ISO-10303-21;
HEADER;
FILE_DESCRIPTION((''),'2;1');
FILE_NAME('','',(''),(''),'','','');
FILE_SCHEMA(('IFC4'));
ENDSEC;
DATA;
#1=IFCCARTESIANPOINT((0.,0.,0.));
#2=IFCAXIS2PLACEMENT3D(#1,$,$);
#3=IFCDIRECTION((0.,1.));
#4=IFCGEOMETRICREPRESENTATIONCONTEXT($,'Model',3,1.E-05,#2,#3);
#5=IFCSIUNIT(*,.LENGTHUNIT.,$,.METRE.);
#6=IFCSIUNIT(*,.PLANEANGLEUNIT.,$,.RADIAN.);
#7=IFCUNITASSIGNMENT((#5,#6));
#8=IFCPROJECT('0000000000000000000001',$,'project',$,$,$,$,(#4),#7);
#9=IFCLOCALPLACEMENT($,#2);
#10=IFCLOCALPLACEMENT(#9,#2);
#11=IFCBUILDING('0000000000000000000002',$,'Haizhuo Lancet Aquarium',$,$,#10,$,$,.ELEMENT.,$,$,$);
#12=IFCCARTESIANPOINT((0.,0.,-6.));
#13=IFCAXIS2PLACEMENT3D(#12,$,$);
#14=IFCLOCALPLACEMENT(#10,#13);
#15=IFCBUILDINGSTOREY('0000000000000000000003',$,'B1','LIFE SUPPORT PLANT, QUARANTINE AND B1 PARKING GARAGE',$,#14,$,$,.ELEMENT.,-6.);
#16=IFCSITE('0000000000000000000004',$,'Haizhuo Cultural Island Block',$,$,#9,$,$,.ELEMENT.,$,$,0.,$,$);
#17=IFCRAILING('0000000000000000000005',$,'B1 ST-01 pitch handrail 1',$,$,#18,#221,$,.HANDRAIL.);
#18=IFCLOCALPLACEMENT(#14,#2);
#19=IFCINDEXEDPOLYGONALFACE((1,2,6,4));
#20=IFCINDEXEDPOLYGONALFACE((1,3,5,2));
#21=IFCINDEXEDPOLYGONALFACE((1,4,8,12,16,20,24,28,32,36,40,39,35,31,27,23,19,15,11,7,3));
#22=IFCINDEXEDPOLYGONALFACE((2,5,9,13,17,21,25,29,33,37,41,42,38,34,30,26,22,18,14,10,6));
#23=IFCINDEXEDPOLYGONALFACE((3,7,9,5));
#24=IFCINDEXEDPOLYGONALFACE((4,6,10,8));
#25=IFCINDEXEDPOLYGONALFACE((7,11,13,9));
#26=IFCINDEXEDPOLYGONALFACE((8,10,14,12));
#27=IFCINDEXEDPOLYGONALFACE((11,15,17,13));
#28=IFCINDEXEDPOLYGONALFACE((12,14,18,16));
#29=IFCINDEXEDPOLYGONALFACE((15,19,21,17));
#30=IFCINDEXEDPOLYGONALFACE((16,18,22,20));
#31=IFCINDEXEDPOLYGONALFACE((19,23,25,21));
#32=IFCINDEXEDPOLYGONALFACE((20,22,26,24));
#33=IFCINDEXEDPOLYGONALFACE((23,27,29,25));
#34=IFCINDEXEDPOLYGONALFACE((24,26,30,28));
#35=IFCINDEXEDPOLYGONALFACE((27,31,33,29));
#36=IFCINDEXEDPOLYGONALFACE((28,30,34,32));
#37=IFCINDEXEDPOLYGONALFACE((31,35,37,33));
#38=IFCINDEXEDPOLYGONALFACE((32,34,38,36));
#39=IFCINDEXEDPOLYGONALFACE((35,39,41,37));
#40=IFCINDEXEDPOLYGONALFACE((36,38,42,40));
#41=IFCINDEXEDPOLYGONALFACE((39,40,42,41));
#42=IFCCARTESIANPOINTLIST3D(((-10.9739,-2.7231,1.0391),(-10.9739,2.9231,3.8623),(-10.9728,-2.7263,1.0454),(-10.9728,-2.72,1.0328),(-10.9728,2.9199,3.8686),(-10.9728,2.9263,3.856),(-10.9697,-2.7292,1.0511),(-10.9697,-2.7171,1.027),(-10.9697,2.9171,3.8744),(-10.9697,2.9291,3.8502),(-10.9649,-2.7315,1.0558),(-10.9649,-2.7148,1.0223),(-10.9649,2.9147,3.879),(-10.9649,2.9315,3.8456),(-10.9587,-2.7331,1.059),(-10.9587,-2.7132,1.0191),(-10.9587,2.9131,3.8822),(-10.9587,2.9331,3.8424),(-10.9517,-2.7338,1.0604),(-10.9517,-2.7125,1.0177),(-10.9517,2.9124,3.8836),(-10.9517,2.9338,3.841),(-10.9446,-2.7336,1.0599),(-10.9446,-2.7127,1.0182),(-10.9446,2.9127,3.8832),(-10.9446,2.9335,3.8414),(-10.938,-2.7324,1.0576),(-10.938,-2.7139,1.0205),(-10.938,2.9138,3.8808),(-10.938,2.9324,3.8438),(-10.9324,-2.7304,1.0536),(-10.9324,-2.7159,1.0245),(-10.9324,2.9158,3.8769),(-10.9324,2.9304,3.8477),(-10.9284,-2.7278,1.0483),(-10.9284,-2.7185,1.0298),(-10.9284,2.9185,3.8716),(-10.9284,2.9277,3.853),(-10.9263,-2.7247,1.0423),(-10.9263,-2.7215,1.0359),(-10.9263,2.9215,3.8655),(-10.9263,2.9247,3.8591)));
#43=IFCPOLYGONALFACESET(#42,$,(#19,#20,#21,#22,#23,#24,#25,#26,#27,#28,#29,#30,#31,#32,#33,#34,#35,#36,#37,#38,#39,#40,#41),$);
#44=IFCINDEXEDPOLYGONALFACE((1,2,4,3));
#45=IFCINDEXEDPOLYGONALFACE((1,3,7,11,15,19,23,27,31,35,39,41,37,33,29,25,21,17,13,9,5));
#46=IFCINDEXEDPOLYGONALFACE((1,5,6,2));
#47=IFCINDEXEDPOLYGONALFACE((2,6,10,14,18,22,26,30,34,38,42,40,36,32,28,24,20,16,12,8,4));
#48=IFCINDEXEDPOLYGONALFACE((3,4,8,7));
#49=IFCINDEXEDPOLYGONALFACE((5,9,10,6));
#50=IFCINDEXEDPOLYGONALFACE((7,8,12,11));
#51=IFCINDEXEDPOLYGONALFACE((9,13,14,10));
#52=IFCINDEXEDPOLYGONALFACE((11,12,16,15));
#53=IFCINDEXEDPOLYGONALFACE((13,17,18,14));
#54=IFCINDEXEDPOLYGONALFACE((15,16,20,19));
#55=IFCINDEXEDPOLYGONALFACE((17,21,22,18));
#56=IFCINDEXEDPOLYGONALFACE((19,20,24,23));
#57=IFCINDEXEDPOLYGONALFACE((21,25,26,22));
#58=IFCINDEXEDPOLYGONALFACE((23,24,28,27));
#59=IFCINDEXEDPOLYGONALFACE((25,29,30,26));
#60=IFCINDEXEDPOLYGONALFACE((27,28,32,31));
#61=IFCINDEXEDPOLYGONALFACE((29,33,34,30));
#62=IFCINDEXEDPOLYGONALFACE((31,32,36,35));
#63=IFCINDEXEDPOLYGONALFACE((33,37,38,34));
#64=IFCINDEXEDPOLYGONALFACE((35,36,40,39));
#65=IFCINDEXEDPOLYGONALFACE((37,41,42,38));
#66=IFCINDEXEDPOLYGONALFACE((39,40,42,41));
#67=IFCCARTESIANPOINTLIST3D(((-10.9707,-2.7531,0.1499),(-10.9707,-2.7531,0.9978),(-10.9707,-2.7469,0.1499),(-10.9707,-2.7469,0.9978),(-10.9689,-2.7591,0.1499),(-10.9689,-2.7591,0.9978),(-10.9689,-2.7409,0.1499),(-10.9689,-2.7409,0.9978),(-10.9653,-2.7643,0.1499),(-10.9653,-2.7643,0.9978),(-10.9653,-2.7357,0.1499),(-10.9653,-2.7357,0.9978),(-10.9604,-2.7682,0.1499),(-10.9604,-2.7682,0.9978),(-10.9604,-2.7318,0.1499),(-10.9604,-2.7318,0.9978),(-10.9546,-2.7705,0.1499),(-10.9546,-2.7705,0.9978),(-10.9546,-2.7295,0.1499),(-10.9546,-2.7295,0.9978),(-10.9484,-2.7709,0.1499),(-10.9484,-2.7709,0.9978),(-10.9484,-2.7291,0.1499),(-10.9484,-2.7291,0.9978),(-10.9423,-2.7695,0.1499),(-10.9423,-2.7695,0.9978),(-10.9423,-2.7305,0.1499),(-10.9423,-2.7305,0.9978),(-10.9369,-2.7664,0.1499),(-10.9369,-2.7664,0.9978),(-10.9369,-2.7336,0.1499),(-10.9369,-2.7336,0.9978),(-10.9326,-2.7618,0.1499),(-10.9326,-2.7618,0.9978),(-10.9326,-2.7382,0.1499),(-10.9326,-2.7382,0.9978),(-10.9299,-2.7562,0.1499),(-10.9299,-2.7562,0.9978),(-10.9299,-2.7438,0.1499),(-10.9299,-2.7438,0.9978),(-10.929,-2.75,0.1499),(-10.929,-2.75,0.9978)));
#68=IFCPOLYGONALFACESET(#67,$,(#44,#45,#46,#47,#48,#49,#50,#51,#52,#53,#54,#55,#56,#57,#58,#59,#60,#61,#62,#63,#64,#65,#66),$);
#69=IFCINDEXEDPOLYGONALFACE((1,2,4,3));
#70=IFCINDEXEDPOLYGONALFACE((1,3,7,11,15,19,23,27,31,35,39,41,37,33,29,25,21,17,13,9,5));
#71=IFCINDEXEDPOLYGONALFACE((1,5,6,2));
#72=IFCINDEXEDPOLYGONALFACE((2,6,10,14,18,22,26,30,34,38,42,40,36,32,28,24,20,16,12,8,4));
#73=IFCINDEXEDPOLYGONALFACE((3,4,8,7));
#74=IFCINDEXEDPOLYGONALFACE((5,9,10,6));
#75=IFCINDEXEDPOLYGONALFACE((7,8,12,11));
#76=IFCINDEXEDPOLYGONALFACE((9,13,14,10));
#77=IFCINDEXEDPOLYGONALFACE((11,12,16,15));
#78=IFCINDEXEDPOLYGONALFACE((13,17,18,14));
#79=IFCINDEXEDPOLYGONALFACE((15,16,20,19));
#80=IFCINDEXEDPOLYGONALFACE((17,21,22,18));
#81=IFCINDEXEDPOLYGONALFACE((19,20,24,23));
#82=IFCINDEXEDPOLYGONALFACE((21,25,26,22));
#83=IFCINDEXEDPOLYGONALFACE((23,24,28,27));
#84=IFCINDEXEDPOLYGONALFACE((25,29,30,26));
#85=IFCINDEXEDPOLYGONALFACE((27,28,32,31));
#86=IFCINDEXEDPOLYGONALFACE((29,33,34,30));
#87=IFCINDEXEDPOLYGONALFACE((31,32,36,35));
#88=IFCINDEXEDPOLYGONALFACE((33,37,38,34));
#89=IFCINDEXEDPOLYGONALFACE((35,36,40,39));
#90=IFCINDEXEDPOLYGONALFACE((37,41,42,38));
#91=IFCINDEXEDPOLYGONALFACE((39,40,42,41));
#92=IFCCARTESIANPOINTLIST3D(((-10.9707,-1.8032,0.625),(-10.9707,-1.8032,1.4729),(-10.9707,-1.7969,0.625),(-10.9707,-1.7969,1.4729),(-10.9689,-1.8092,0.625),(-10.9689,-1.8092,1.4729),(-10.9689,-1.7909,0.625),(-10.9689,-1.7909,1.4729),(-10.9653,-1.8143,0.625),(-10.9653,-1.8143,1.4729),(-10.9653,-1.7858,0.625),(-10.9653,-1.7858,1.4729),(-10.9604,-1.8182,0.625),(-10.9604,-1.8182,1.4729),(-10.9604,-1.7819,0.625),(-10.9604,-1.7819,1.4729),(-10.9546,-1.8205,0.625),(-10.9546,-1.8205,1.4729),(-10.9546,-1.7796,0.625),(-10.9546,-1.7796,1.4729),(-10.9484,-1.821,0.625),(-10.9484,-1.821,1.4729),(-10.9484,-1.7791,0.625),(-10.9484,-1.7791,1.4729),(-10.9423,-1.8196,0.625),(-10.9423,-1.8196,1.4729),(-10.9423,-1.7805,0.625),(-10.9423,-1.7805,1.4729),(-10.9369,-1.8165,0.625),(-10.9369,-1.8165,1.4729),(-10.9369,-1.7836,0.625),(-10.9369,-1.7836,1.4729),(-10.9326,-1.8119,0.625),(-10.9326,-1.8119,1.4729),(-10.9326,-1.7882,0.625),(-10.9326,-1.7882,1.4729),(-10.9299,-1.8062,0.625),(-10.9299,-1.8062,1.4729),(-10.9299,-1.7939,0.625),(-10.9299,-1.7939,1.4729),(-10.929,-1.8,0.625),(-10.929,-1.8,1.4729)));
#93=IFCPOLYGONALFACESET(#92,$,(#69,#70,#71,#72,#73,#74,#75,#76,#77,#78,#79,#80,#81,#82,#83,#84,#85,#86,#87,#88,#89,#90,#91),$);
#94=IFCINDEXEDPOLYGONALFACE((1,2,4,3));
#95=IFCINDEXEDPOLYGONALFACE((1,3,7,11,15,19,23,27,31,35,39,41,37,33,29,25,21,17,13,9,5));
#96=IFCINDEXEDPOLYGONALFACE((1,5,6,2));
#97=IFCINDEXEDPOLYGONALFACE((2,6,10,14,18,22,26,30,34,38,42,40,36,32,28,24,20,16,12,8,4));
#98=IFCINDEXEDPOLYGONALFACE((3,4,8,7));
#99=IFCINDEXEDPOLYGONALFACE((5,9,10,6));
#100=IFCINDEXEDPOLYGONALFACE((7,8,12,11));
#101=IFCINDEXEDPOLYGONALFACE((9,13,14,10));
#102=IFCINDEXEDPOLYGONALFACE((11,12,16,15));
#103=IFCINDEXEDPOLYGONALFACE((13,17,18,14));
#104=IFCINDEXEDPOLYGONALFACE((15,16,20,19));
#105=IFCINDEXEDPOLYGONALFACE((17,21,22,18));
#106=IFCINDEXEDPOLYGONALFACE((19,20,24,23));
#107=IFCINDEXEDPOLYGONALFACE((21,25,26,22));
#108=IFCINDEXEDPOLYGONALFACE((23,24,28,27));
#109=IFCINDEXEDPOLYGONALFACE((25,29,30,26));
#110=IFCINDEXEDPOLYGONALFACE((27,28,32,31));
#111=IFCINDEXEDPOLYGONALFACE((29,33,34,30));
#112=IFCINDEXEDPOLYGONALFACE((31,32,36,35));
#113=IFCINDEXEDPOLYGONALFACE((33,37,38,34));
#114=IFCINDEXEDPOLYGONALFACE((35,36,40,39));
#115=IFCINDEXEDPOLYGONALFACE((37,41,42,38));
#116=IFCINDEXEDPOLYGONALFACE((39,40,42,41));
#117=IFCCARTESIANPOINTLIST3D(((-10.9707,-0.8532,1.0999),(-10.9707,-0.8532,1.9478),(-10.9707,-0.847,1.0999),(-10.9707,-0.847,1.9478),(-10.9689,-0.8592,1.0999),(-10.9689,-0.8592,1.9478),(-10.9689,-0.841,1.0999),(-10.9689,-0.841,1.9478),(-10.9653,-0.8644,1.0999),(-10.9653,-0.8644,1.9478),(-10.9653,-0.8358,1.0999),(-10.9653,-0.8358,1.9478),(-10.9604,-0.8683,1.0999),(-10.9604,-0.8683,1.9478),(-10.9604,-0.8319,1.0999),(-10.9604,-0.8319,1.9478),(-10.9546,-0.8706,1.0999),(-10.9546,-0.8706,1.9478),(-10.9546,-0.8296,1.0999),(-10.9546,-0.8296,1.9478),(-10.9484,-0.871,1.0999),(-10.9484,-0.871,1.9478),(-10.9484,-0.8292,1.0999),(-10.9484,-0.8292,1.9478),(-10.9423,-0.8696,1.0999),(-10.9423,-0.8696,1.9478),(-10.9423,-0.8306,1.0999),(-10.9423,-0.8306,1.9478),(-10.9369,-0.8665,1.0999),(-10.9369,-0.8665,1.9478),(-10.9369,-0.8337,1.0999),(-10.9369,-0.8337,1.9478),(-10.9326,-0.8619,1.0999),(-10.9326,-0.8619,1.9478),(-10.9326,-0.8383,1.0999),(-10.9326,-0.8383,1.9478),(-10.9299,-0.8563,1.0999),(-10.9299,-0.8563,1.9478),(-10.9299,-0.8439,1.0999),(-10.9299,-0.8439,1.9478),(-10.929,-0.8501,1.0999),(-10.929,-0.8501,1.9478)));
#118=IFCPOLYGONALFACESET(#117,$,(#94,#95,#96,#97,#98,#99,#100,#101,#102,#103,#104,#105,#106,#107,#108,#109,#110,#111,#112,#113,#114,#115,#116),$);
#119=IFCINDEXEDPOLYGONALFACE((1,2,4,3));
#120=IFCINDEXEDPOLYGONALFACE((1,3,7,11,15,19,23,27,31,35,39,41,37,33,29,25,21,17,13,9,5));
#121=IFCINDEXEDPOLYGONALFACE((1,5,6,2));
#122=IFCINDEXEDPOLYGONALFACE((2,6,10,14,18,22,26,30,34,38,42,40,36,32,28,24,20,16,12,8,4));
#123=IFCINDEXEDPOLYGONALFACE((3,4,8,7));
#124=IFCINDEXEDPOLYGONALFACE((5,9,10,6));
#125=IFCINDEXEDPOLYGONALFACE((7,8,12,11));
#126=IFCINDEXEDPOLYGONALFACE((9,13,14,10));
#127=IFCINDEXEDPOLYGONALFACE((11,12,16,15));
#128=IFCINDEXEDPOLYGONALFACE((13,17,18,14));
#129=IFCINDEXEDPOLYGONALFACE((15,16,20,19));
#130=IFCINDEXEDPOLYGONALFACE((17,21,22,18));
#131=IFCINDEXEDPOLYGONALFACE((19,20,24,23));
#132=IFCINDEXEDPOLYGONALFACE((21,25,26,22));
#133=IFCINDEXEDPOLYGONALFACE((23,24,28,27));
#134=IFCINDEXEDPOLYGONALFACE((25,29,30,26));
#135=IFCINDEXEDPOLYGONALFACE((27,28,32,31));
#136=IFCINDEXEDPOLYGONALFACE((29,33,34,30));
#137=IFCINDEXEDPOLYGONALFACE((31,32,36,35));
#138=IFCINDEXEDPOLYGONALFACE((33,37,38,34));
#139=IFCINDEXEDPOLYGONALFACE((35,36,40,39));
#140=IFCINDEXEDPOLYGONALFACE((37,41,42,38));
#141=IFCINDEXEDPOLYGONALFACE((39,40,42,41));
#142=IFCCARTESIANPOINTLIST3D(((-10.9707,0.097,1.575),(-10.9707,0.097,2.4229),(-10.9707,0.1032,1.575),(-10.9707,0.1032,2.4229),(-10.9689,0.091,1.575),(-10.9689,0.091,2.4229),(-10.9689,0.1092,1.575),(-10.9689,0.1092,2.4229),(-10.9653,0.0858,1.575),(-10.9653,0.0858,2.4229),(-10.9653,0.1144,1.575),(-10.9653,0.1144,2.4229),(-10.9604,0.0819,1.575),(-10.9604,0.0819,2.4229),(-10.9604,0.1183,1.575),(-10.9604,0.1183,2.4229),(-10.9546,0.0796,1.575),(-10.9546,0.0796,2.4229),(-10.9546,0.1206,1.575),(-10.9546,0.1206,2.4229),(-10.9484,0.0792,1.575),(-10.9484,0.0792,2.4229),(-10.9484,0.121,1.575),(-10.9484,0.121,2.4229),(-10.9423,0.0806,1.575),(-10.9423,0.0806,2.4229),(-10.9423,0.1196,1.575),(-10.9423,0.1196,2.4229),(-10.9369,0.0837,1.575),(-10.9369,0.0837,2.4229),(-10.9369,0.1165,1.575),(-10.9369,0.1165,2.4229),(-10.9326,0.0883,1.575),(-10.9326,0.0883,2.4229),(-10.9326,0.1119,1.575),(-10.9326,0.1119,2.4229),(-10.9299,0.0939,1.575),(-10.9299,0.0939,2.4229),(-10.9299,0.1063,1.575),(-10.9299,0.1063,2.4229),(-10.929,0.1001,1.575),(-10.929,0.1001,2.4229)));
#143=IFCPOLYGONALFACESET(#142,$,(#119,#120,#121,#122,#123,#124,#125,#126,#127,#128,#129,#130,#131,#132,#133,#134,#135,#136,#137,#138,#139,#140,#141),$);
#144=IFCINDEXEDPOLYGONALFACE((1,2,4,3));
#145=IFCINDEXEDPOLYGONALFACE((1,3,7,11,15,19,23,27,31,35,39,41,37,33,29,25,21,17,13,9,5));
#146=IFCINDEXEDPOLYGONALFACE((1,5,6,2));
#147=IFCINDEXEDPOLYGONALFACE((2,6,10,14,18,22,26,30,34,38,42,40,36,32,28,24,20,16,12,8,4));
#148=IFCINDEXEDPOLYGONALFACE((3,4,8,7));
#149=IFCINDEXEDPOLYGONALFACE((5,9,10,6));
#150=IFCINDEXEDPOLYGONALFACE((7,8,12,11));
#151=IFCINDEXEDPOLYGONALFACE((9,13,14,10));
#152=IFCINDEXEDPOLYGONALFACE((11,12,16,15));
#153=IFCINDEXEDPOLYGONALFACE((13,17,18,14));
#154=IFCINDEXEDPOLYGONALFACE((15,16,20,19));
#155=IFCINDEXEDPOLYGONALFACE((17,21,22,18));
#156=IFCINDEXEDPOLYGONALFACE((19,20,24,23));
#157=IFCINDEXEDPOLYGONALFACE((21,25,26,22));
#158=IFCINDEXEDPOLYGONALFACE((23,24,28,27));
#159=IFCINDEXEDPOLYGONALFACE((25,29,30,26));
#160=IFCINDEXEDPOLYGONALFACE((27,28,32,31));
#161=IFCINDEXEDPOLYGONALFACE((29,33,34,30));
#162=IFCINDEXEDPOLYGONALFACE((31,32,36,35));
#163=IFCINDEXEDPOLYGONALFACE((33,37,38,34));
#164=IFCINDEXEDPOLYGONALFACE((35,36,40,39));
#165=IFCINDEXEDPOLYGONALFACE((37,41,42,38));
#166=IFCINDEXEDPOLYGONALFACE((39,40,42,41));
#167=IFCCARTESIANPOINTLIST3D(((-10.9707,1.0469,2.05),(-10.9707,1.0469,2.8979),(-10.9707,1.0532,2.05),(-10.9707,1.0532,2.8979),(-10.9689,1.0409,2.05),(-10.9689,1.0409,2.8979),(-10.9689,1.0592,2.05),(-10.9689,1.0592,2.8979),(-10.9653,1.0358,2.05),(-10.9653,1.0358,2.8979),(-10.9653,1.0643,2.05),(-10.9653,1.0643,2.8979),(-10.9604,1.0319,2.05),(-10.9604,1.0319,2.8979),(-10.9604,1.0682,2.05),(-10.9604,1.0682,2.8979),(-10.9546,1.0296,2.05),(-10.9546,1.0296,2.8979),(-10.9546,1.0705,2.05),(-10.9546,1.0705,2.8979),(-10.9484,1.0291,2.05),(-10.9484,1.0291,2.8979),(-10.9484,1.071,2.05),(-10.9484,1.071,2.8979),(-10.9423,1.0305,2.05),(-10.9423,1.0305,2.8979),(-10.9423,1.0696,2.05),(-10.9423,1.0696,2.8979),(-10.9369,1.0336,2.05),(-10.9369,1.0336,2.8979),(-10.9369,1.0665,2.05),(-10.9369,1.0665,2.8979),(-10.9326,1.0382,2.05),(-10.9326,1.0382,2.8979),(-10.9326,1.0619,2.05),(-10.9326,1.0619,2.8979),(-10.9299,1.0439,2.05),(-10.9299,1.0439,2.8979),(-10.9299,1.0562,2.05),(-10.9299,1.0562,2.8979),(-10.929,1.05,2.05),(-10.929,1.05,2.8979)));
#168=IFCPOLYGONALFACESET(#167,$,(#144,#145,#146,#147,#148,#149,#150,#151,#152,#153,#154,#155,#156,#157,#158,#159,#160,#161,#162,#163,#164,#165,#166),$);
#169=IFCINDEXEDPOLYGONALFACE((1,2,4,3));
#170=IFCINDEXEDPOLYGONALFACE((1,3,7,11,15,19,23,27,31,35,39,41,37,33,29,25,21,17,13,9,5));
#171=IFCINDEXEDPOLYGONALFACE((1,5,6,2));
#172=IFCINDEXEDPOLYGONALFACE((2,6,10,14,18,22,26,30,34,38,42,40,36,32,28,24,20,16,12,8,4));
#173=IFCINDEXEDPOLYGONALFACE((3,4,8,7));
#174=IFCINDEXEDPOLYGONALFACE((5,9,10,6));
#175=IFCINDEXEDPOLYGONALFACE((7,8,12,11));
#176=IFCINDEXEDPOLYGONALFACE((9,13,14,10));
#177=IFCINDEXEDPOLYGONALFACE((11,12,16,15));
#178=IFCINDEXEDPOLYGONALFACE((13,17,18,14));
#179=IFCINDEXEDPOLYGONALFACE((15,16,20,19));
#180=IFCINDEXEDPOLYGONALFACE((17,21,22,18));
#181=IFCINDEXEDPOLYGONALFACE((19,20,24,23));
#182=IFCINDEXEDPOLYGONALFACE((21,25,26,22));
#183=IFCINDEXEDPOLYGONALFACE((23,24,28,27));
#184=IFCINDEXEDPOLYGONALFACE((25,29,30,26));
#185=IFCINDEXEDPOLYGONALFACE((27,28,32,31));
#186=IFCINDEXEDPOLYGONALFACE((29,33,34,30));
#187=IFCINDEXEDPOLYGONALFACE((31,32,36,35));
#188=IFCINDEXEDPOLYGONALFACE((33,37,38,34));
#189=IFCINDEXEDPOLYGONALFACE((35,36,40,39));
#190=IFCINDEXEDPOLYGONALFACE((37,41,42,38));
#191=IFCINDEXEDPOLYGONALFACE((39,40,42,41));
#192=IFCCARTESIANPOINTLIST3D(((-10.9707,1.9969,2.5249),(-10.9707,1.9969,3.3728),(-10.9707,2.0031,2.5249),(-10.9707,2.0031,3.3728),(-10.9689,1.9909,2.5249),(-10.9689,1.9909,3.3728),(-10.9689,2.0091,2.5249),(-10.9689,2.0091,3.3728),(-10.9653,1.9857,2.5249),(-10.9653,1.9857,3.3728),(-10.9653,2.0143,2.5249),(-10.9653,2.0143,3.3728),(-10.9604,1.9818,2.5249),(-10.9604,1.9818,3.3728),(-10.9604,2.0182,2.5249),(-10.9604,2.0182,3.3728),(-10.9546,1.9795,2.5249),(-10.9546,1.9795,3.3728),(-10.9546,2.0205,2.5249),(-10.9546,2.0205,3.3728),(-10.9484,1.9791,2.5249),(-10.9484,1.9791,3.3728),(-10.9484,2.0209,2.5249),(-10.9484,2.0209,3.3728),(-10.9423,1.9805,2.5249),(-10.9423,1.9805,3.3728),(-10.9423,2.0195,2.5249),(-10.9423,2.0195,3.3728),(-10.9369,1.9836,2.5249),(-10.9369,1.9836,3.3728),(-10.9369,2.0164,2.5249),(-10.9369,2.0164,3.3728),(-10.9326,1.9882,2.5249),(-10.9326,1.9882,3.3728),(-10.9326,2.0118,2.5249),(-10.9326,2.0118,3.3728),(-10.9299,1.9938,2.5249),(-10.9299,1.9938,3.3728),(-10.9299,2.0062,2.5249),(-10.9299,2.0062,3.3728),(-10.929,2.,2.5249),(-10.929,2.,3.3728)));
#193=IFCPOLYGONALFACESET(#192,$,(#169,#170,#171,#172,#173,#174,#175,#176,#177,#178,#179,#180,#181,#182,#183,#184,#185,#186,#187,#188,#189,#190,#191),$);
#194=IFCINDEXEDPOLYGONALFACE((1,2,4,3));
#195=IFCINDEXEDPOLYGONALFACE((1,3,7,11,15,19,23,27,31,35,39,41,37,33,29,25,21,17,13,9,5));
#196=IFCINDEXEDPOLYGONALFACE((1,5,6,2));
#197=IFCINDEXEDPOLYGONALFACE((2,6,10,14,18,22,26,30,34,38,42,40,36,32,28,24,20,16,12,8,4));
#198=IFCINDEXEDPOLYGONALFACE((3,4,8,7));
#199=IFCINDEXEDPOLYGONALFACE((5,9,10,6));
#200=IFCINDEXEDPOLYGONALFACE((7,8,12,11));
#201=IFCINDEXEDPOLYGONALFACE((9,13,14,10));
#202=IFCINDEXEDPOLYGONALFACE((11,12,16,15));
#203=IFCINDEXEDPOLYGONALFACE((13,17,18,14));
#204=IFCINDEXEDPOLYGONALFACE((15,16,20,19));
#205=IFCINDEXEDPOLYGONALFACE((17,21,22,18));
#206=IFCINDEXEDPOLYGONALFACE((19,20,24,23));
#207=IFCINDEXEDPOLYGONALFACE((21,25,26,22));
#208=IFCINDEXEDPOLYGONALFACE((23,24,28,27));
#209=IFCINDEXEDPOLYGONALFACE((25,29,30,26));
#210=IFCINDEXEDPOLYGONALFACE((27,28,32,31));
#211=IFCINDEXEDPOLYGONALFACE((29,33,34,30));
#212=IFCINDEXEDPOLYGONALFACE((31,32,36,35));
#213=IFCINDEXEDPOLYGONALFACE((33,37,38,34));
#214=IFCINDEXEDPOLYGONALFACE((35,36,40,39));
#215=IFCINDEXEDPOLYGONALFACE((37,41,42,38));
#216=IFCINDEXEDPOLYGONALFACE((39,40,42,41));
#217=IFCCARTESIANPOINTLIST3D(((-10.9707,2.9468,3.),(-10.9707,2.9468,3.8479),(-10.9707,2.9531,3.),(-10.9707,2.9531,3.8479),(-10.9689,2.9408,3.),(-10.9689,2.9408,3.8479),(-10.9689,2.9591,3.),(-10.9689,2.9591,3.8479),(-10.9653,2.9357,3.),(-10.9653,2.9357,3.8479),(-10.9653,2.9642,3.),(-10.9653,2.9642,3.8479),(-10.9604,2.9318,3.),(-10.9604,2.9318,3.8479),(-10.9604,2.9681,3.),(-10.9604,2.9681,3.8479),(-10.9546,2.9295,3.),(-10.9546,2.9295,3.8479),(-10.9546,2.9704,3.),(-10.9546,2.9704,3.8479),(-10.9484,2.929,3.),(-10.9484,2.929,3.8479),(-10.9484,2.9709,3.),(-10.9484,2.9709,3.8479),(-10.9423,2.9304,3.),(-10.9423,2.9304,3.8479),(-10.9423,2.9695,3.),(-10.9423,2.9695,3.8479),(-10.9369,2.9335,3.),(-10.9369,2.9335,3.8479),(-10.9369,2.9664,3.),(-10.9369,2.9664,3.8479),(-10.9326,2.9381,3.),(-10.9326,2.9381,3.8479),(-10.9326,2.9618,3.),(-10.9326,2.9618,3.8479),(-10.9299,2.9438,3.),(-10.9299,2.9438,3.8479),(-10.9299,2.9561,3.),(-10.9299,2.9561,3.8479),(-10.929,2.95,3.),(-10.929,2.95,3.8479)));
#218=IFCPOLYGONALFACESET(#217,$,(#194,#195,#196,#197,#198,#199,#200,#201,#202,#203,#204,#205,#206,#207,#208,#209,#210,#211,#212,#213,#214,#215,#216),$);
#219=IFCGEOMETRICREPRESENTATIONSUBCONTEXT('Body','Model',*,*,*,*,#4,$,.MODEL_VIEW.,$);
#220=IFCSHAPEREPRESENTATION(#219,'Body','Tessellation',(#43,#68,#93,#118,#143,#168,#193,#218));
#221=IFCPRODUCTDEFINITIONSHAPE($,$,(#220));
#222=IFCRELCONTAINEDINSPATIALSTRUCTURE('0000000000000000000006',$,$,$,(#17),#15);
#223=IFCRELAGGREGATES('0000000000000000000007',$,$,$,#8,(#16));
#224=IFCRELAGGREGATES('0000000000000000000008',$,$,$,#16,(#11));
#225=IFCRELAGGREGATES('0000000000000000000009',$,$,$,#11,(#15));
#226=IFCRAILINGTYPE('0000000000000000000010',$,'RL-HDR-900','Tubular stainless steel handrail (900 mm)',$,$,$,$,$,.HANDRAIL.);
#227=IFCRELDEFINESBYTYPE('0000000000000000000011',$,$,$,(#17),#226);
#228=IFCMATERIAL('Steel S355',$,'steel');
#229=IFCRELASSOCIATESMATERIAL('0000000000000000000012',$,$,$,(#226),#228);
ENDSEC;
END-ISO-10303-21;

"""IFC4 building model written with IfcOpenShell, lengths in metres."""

from ifc_helpers import new_model, si_unit, direction, frame, origin, origin_2d, place, context, subcontext, project, spatial, circle, extrude, material, type_object, element, save


model = new_model("IFC4")

# Units and contexts
model_context = context("Model", 3, precision=1e-05, world=origin(), true_north=direction((0.0, 1.0)))
body_context = subcontext(model_context, "Body", "Model", "MODEL_VIEW")
ifc_project = project(units=[si_unit("LENGTHUNIT", "METRE"), si_unit("PLANEANGLEUNIT", "RADIAN")], contexts=[model_context])

# Site, building, storey
site_placement = place(None, origin())
site = spatial("IfcSite", under=ifc_project, at=site_placement, Name="Haizhuo Cultural Island Block", CompositionType="ELEMENT", RefElevation=0.0)
building_placement = place(site_placement, origin())
building = spatial("IfcBuilding", under=site, at=building_placement, Name="Haizhuo Lancet Aquarium", CompositionType="ELEMENT")
storey_placement = place(building_placement, frame((0.0, 0.0, -6.0)))
storey = spatial("IfcBuildingStorey", under=building, at=storey_placement, Name="B1", Description="LIFE SUPPORT PLANT, QUARANTINE AND B1 PARKING GARAGE", CompositionType="ELEMENT", Elevation=-6.0)

# Shared definitions
ifc_material_1 = material(Name="Steel S355", Category="steel")

# Railing
railing_type_1 = type_object("IfcRailingType", Name="RL-HDR-900", Description="Tubular stainless steel handrail (900 mm)", PredefinedType="HANDRAIL", material=ifc_material_1)
railing_1_placement = place(storey_placement, frame((-10.95, -2.75, 0.1499)))
element("IfcRailing", 1, at=railing_1_placement, inside=storey, type_object=railing_type_1, Name="B1 ST-01 pitch handrail 1", PredefinedType="HANDRAIL", context=body_context, shape_type="SweptSolid", body=[
    extrude(circle(Radius=0.0239, at=origin_2d()), frame((0.0, 0.0269, 0.8892), z_axis=(0.0, 0.89442, 0.447229), x_axis=(-1.0, 0.0, 0.0)), (0.0, 0.0, 1.0), 6.3127),
    extrude(circle(Radius=0.021, at=origin_2d()), origin(), (0.0, 0.0, 1.0), 0.8479),
    extrude(circle(Radius=0.021, at=origin_2d()), frame((0.0, 0.95, 0.4751)), (0.0, 0.0, 1.0), 0.8479),
    extrude(circle(Radius=0.021, at=origin_2d()), frame((0.0, 1.8999, 0.95)), (0.0, 0.0, 1.0), 0.8479),
    extrude(circle(Radius=0.021, at=origin_2d()), frame((0.0, 2.8501, 1.425)), (0.0, 0.0, 1.0), 0.8479),
    extrude(circle(Radius=0.021, at=origin_2d()), frame((0.0, 3.8, 1.9001)), (0.0, 0.0, 1.0), 0.8479),
    extrude(circle(Radius=0.021, at=origin_2d()), frame((0.0, 4.75, 2.375)), (0.0, 0.0, 1.0), 0.8479),
    extrude(circle(Radius=0.021, at=origin_2d()), frame((0.0, 5.7, 2.8501)), (0.0, 0.0, 1.0), 0.8479),
])

save(model, "model.ifc")
